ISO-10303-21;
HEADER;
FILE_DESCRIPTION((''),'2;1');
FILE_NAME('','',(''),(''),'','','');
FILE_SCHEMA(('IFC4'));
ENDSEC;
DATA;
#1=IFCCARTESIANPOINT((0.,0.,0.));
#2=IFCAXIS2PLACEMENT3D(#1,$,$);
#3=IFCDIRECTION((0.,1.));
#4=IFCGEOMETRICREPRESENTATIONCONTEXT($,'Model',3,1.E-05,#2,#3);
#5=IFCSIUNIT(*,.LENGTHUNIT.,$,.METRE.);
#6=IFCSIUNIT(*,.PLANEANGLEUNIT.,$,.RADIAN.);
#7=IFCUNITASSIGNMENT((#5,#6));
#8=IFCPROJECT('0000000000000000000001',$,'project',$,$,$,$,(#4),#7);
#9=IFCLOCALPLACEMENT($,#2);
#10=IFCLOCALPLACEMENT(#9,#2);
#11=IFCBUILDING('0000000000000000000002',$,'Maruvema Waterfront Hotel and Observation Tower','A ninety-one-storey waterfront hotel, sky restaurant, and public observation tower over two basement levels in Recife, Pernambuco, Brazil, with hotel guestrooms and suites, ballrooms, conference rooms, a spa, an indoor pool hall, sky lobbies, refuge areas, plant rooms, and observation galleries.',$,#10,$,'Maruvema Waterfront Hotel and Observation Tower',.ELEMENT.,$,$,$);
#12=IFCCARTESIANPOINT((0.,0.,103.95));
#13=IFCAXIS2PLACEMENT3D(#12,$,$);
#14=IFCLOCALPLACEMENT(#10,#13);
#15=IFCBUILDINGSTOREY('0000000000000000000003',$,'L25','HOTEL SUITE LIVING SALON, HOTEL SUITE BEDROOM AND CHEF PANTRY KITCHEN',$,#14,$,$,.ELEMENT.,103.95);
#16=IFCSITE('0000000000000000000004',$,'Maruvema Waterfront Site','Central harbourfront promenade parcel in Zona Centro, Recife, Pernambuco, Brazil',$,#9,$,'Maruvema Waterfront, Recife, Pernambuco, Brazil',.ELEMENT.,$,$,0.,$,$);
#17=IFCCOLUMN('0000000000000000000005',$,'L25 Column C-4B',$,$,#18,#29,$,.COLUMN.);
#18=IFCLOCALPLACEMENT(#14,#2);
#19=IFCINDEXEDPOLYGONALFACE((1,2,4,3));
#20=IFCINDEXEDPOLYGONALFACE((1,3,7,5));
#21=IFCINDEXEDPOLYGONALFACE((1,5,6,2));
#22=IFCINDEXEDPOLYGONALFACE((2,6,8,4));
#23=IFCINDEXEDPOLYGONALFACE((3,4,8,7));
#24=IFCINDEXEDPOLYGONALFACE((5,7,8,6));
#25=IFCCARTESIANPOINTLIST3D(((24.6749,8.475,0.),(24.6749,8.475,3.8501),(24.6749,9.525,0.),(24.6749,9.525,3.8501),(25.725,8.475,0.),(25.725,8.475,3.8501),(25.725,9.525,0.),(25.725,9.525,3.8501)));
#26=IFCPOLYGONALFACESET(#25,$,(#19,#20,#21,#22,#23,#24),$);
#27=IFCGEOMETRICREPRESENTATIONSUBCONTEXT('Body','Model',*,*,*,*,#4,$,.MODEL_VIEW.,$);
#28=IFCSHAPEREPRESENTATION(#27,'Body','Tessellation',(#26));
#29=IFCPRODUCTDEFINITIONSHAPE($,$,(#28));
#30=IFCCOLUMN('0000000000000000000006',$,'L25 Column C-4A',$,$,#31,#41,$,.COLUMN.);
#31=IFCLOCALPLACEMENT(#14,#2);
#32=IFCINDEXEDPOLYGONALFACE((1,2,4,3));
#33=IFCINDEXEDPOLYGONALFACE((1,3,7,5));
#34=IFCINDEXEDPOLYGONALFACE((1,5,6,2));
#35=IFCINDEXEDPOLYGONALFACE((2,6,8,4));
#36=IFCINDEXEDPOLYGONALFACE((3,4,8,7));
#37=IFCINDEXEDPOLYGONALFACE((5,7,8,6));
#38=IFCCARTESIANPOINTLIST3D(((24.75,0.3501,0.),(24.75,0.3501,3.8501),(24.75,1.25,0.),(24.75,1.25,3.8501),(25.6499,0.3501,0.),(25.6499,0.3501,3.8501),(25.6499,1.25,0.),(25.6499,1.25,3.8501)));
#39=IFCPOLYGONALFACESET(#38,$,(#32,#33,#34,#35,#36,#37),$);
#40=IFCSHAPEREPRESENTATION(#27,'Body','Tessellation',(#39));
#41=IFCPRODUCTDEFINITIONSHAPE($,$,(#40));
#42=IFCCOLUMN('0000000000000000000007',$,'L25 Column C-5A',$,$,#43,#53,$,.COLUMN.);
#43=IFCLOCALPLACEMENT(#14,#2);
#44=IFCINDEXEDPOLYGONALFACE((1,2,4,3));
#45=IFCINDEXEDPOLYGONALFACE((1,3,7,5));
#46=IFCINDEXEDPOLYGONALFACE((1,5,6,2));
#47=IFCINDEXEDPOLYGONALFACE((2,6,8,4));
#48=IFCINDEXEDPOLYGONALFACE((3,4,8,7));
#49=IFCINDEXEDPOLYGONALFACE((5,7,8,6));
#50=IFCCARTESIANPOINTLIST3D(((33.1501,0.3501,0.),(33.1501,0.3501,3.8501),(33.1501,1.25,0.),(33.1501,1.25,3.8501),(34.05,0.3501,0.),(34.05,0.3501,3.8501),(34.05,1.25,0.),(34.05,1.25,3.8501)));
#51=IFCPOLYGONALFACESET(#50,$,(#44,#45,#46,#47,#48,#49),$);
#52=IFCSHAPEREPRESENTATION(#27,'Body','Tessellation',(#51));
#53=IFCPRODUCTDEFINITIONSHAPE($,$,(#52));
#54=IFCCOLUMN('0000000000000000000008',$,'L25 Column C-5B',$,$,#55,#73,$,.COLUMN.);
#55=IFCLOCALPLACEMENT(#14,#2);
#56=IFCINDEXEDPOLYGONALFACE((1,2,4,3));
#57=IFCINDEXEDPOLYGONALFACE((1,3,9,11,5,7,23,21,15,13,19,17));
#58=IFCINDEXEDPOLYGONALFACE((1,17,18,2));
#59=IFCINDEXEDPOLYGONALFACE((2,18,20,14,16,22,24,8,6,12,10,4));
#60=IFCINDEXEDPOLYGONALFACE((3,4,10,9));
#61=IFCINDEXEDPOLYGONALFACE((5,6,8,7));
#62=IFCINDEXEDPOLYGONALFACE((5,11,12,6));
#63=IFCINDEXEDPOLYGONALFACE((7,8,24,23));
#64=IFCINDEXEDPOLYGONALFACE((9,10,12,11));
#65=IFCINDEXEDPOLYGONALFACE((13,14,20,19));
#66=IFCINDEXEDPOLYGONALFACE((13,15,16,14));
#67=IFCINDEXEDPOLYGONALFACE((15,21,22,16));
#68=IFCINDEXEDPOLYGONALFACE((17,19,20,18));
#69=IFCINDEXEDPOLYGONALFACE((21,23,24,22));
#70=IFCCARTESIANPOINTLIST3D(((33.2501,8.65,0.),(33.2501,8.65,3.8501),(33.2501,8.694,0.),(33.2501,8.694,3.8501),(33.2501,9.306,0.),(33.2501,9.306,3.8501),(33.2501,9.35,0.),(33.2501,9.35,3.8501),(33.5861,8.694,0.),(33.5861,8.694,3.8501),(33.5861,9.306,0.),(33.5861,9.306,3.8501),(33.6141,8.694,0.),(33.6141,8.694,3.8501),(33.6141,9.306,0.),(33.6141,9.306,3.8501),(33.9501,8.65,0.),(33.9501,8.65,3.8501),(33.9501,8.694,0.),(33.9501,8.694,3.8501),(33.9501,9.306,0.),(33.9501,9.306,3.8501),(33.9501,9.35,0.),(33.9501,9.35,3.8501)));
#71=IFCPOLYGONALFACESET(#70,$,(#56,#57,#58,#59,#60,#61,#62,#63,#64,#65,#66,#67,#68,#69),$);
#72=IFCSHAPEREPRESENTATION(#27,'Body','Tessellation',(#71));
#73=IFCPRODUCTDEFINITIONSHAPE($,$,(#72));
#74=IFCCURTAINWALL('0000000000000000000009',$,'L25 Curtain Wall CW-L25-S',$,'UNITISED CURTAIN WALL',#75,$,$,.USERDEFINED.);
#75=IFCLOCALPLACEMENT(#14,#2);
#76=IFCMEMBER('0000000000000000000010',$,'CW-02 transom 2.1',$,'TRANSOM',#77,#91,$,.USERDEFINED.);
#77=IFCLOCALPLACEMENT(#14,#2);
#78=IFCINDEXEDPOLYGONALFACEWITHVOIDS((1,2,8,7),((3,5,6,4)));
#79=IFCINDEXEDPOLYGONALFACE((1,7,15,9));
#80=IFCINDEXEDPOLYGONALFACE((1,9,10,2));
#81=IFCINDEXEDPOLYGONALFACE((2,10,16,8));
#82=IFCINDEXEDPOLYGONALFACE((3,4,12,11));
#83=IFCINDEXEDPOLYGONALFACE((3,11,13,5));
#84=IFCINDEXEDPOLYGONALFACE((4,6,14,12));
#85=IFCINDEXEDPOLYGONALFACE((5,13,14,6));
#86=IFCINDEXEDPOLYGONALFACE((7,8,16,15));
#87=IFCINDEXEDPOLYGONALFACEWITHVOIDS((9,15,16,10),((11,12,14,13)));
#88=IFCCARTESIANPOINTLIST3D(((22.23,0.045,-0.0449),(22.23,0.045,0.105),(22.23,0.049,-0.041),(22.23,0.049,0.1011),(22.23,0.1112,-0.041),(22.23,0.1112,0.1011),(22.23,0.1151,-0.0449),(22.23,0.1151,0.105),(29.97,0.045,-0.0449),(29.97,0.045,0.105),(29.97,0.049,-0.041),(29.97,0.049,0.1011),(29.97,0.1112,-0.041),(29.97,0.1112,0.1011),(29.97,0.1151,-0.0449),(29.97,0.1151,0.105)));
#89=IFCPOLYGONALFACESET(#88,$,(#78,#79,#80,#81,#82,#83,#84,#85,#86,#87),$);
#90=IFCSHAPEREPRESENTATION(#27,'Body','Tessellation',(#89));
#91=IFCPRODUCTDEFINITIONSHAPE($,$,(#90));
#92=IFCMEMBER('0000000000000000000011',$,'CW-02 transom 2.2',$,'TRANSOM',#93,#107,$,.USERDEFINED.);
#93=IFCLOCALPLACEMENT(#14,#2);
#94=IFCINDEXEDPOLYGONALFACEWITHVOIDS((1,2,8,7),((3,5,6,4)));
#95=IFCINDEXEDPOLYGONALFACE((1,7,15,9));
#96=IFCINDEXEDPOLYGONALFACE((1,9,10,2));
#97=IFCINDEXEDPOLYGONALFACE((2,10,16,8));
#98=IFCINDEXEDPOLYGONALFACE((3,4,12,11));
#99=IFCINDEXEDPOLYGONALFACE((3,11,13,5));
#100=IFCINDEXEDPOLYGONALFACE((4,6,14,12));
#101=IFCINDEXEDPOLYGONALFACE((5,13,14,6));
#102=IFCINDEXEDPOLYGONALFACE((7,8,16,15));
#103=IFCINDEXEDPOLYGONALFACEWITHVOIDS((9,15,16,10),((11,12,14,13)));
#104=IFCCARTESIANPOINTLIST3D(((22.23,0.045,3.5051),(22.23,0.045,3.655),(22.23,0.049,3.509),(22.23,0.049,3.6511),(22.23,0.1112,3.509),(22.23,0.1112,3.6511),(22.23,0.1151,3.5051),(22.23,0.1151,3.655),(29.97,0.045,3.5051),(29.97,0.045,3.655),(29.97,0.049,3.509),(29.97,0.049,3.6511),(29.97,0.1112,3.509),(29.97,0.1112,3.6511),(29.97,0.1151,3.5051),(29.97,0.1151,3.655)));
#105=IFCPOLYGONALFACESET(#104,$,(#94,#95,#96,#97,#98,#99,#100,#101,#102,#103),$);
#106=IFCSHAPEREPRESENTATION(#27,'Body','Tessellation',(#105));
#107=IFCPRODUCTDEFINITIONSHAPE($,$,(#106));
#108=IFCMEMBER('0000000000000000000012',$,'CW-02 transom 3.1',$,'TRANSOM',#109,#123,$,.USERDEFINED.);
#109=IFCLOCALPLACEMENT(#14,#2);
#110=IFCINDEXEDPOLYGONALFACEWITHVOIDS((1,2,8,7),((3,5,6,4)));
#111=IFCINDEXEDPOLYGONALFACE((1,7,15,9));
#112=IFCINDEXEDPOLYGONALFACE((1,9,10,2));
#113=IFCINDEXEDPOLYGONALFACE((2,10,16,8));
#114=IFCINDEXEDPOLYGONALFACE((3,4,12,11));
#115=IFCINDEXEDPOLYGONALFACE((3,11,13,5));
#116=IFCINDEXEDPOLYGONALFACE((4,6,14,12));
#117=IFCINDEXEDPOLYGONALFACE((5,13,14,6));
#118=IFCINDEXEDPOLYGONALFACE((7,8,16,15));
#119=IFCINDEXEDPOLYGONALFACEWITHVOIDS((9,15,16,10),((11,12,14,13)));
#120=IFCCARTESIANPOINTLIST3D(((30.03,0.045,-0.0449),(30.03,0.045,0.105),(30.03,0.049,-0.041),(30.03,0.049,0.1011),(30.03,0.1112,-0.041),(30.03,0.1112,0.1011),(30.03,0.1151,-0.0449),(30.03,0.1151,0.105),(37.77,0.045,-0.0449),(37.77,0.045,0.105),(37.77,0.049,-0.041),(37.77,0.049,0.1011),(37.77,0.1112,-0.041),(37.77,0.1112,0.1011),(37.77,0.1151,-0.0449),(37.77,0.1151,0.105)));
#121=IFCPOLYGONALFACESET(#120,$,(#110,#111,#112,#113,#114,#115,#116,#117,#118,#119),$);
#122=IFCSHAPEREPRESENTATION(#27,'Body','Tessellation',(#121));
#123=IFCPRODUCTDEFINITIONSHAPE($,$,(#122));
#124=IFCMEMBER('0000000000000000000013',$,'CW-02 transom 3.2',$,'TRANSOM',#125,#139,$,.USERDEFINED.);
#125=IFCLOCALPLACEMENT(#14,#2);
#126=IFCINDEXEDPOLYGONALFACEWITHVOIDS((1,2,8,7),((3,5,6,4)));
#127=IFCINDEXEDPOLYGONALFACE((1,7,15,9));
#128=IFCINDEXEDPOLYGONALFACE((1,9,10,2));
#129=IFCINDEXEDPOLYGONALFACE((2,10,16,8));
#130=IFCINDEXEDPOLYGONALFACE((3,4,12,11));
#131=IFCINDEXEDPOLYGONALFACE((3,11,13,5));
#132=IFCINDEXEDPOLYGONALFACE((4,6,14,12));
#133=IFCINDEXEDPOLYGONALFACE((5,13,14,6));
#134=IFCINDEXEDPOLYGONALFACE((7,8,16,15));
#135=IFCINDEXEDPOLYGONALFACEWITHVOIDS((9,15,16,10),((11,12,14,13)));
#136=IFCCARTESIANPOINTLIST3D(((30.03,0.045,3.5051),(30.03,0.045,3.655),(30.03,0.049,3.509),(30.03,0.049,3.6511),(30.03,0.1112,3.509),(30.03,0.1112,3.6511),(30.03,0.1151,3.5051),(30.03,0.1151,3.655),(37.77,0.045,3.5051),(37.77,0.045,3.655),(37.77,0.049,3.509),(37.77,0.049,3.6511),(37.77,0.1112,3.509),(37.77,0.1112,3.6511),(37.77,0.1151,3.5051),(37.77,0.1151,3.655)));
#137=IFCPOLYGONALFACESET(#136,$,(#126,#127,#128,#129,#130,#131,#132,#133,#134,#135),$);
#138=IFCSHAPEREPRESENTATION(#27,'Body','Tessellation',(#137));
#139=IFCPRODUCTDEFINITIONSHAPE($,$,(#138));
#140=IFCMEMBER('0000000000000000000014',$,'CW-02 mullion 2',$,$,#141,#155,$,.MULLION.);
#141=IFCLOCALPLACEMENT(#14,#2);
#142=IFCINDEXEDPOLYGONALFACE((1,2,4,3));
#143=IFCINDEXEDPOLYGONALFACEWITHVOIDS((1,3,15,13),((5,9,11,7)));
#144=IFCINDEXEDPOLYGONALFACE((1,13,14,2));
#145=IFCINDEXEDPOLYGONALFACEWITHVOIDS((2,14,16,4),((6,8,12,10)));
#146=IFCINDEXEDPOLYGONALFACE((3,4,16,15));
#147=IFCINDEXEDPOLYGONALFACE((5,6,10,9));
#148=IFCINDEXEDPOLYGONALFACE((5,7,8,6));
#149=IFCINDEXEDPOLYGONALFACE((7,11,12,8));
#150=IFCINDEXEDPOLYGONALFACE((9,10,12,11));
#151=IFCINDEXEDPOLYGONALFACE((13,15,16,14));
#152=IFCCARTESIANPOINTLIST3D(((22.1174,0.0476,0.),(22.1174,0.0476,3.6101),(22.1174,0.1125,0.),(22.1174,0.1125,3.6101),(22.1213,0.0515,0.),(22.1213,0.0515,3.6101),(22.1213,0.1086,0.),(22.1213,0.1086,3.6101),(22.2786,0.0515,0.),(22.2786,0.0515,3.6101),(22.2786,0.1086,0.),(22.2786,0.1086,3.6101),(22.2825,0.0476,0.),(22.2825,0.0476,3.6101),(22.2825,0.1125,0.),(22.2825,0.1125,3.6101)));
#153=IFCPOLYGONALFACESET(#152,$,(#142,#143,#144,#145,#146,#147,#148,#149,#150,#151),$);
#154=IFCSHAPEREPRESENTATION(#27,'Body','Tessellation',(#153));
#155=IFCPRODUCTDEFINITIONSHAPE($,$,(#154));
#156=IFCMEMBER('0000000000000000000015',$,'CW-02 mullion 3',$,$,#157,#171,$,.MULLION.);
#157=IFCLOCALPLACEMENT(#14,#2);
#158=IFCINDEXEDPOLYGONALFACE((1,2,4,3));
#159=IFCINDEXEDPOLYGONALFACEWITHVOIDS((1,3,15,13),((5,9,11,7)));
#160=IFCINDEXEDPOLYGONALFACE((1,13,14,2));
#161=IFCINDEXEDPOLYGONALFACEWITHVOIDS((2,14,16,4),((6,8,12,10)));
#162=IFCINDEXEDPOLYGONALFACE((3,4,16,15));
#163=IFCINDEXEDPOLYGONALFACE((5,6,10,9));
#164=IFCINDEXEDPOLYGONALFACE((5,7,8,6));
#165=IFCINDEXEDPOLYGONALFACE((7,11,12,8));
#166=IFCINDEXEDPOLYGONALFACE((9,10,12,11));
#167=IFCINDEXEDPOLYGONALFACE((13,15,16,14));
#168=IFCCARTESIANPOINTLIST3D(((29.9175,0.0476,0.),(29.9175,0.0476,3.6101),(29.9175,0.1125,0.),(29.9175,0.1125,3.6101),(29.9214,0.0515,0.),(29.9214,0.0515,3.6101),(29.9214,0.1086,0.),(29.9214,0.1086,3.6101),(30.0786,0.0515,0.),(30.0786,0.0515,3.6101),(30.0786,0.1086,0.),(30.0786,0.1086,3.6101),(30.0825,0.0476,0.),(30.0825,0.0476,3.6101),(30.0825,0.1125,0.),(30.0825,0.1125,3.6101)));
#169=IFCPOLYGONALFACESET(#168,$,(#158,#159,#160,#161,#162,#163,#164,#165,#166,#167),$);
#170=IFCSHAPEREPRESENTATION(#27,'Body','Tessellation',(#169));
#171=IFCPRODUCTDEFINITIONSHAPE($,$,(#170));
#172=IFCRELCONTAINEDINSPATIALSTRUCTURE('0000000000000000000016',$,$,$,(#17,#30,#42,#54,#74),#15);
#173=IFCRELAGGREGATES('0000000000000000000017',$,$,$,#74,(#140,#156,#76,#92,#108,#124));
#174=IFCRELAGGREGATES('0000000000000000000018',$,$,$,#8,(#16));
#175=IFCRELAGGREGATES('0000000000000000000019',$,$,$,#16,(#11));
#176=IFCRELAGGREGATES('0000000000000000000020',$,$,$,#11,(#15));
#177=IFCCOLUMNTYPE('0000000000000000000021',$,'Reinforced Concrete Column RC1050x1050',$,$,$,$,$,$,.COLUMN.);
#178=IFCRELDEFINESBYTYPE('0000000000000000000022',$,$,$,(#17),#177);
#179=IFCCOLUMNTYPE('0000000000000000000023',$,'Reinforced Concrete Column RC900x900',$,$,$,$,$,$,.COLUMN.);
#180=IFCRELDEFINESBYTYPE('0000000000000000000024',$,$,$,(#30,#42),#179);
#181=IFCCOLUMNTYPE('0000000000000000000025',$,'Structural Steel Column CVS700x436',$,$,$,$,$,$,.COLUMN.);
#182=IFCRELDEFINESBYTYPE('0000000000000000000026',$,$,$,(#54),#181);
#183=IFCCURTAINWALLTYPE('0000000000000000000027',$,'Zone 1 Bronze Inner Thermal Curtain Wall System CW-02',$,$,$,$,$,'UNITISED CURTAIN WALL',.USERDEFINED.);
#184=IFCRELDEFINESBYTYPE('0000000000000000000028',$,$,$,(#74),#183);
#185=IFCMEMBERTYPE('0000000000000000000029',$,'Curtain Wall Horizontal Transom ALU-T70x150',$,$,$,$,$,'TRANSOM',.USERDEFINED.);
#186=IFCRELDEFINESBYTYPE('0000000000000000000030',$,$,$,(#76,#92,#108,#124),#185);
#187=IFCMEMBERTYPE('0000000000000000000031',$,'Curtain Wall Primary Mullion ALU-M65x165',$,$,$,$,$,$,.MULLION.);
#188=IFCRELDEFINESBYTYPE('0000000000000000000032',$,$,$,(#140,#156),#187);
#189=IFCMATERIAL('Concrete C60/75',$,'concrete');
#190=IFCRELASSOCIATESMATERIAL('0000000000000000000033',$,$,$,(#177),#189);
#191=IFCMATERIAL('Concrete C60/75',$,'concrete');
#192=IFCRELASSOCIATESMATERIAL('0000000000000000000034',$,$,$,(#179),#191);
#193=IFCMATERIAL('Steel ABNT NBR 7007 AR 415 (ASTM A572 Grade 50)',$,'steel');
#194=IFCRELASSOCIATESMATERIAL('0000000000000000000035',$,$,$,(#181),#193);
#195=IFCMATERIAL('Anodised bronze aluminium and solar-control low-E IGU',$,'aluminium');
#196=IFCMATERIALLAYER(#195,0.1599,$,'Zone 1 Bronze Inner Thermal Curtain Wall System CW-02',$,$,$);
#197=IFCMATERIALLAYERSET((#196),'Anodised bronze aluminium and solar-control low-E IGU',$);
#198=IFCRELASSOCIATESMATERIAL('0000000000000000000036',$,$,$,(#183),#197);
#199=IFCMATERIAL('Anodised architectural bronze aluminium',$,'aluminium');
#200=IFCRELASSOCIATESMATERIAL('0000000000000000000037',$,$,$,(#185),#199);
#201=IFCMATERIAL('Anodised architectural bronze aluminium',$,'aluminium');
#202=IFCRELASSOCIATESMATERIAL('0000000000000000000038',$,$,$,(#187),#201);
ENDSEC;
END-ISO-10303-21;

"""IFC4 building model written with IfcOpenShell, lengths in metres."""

from ifc_helpers import new_model, si_unit, direction, frame, origin, origin_2d, place, context, subcontext, project, spatial, rectangle, hollow_rectangle, i_section, extrude, material, layer, layer_set, material_profile, profile_set, type_object, element, aggregate, save


model = new_model("IFC4")

# Units and contexts
model_context = context("Model", 3, precision=1e-05, world=origin(), true_north=direction((0.0, 1.0)))
body_context = subcontext(model_context, "Body", "Model", "MODEL_VIEW")
ifc_project = project(units=[si_unit("LENGTHUNIT", "METRE"), si_unit("PLANEANGLEUNIT", "RADIAN")], contexts=[model_context])

# Site, building, storey
site_placement = place(None, origin())
site = spatial("IfcSite", under=ifc_project, at=site_placement, Name="Maruvema Waterfront Site", Description="Central harbourfront promenade parcel in Zona Centro, Recife, Pernambuco, Brazil", LongName="Maruvema Waterfront, Recife, Pernambuco, Brazil", CompositionType="ELEMENT", RefElevation=0.0)
building_placement = place(site_placement, origin())
building = spatial("IfcBuilding", under=site, at=building_placement, Name="Maruvema Waterfront Hotel and Observation Tower", Description="A ninety-one-storey waterfront hotel, sky restaurant, and public observation tower over two basement levels in Recife, Pernambuco, Brazil, with hotel guestrooms and suites, ballrooms, conference rooms, a spa, an indoor pool hall, sky lobbies, refuge areas, plant rooms, and observation galleries.", LongName="Maruvema Waterfront Hotel and Observation Tower", CompositionType="ELEMENT")
storey_placement = place(building_placement, frame((0.0, 0.0, 103.95)))
storey = spatial("IfcBuildingStorey", under=building, at=storey_placement, Name="L25", Description="HOTEL SUITE LIVING SALON, HOTEL SUITE BEDROOM AND CHEF PANTRY KITCHEN", CompositionType="ELEMENT", Elevation=103.95)

# Columns
ifc_material_1 = material(Name="Concrete C60/75", Category="concrete")
ifc_material_profile_1 = material_profile(ifc_material_1, rectangle(XDim=1.05, YDim=1.05, at=origin_2d()), Name="RC1050x1050")
ifc_profile_set_1 = profile_set([ifc_material_profile_1], Name="Concrete C60/75")
column_type_1 = type_object("IfcColumnType", Name="Reinforced Concrete Column RC1050x1050", PredefinedType="COLUMN", material=ifc_profile_set_1)
column_1_placement = place(storey_placement, frame((25.2, 9.0, 0.0), z_axis=(0.0, 0.0, 1.0), x_axis=(1.0, 0.0, 0.0)))
element("IfcColumn", 1, at=column_1_placement, inside=storey, type_object=column_type_1, Name="L25 Column C-4B", PredefinedType="COLUMN", context=body_context, shape_type="SweptSolid", body=[
    extrude(rectangle(XDim=1.05, YDim=1.05, at=origin_2d()), origin(), (0.0, 0.0, 1.0), 3.8501),
])
ifc_material_2 = material(Name="Concrete C60/75", Category="concrete")
ifc_material_profile_2 = material_profile(ifc_material_2, rectangle(XDim=0.8999, YDim=0.8999, at=origin_2d()), Name="RC900x900")
ifc_profile_set_2 = profile_set([ifc_material_profile_2], Name="Concrete C60/75")
column_type_2 = type_object("IfcColumnType", Name="Reinforced Concrete Column RC900x900", PredefinedType="COLUMN", material=ifc_profile_set_2)
for number, where, z_axis, x_axis, name in (
    (2, (25.2, 0.8, 0.0), (0.0, 0.0, 1.0), (1.0, 0.0, 0.0), "L25 Column C-4A"),
    (3, (33.6001, 0.8, 0.0), (0.0, 0.0, 1.0), (1.0, 0.0, 0.0), "L25 Column C-5A"),
):
    element("IfcColumn", number, at=place(storey_placement, frame(where, z_axis=z_axis, x_axis=x_axis)), inside=storey, type_object=column_type_2, Name=name, PredefinedType="COLUMN", context=body_context, shape_type="SweptSolid", body=[
        extrude(rectangle(XDim=0.8999, YDim=0.8999, at=origin_2d()), origin(), (0.0, 0.0, 1.0), 3.8501),
    ])
ifc_material_3 = material(Name="Steel ABNT NBR 7007 AR 415 (ASTM A572 Grade 50)", Category="steel")
ifc_material_profile_3 = material_profile(ifc_material_3, i_section(OverallWidth=0.7, OverallDepth=0.7, WebThickness=0.0281, FlangeThickness=0.0439, at=origin_2d()), Name="CVS700x436")
ifc_profile_set_3 = profile_set([ifc_material_profile_3], Name="Steel ABNT NBR 7007 AR 415 (ASTM A572 Grade 50)")
column_type_3 = type_object("IfcColumnType", Name="Structural Steel Column CVS700x436", PredefinedType="COLUMN", material=ifc_profile_set_3)
column_2_placement = place(storey_placement, frame((33.6001, 9.0, 0.0), z_axis=(0.0, 0.0, 1.0), x_axis=(1.0, 0.0, 0.0)))
element("IfcColumn", 4, at=column_2_placement, inside=storey, type_object=column_type_3, Name="L25 Column C-5B", PredefinedType="COLUMN", context=body_context, shape_type="SweptSolid", body=[
    extrude(i_section(OverallWidth=0.7, OverallDepth=0.7, WebThickness=0.0281, FlangeThickness=0.0439, at=origin_2d()), origin(), (0.0, 0.0, 1.0), 3.8501),
])

# Curtain wall, members
ifc_material_4 = material(Name="Anodised bronze aluminium and solar-control low-E IGU", Category="aluminium")
ifc_layer_1 = layer(ifc_material_4, 0.1599, Name="Zone 1 Bronze Inner Thermal Curtain Wall System CW-02")
ifc_layer_set_1 = layer_set([ifc_layer_1], Name="Anodised bronze aluminium and solar-control low-E IGU")
curtain_wall_type = type_object("IfcCurtainWallType", Name="Zone 1 Bronze Inner Thermal Curtain Wall System CW-02", ElementType="UNITISED CURTAIN WALL", PredefinedType="USERDEFINED", material=ifc_layer_set_1)
curtain_wall_placement = place(storey_placement, origin())
curtain_wall = element("IfcCurtainWall", 5, at=curtain_wall_placement, inside=storey, type_object=curtain_wall_type, Name="L25 Curtain Wall CW-L25-S", ObjectType="UNITISED CURTAIN WALL", PredefinedType="USERDEFINED")
ifc_material_5 = material(Name="Anodised architectural bronze aluminium", Category="aluminium")
ifc_material_profile_4 = material_profile(ifc_material_5, hollow_rectangle(XDim=0.0701, YDim=0.1499, WallThickness=0.0039, at=origin_2d()), Name="ALU-T70x150")
ifc_profile_set_4 = profile_set([ifc_material_profile_4], Name="Anodised architectural bronze aluminium")
member_type_1 = type_object("IfcMemberType", Name="Curtain Wall Horizontal Transom ALU-T70x150", ElementType="TRANSOM", PredefinedType="USERDEFINED", material=ifc_profile_set_4)
member_1_placement = place(storey_placement, frame((22.23, 0.0801, 0.03), z_axis=(1.0, 0.0, 0.0), x_axis=(0.0, 1.0, 0.0)))
member_1 = element("IfcMember", 6, at=member_1_placement, type_object=member_type_1, Name="CW-02 transom 2.1", ObjectType="TRANSOM", PredefinedType="USERDEFINED", context=body_context, shape_type="SweptSolid", body=[
    extrude(hollow_rectangle(XDim=0.0701, YDim=0.1499, WallThickness=0.0039, at=origin_2d()), origin(), (0.0, 0.0, 1.0), 7.74),
])
member_2_placement = place(storey_placement, frame((22.23, 0.0801, 3.5801), z_axis=(1.0, 0.0, 0.0), x_axis=(0.0, 1.0, 0.0)))
member_2 = element("IfcMember", 7, at=member_2_placement, type_object=member_type_1, Name="CW-02 transom 2.2", ObjectType="TRANSOM", PredefinedType="USERDEFINED", context=body_context, shape_type="SweptSolid", body=[
    extrude(hollow_rectangle(XDim=0.0701, YDim=0.1499, WallThickness=0.0039, at=origin_2d()), origin(), (0.0, 0.0, 1.0), 7.74),
])
member_3_placement = place(storey_placement, frame((30.03, 0.0801, 0.03), z_axis=(1.0, 0.0, 0.0), x_axis=(0.0, 1.0, 0.0)))
member_3 = element("IfcMember", 8, at=member_3_placement, type_object=member_type_1, Name="CW-02 transom 3.1", ObjectType="TRANSOM", PredefinedType="USERDEFINED", context=body_context, shape_type="SweptSolid", body=[
    extrude(hollow_rectangle(XDim=0.0701, YDim=0.1499, WallThickness=0.0039, at=origin_2d()), origin(), (0.0, 0.0, 1.0), 7.74),
])
member_4_placement = place(storey_placement, frame((30.03, 0.0801, 3.5801), z_axis=(1.0, 0.0, 0.0), x_axis=(0.0, 1.0, 0.0)))
member_4 = element("IfcMember", 9, at=member_4_placement, type_object=member_type_1, Name="CW-02 transom 3.2", ObjectType="TRANSOM", PredefinedType="USERDEFINED", context=body_context, shape_type="SweptSolid", body=[
    extrude(hollow_rectangle(XDim=0.0701, YDim=0.1499, WallThickness=0.0039, at=origin_2d()), origin(), (0.0, 0.0, 1.0), 7.74),
])
ifc_material_6 = material(Name="Anodised architectural bronze aluminium", Category="aluminium")
ifc_material_profile_5 = material_profile(ifc_material_6, hollow_rectangle(XDim=0.0649, YDim=0.165, WallThickness=0.0039, at=origin_2d()), Name="ALU-M65x165")
ifc_profile_set_5 = profile_set([ifc_material_profile_5], Name="Anodised architectural bronze aluminium")
member_type_2 = type_object("IfcMemberType", Name="Curtain Wall Primary Mullion ALU-M65x165", PredefinedType="MULLION", material=ifc_profile_set_5)
member_5_placement = place(storey_placement, frame((22.2, 0.0801, 0.0), z_axis=(0.0, 0.0, 1.0), x_axis=(0.0, 1.0, 0.0)))
member_5 = element("IfcMember", 10, at=member_5_placement, type_object=member_type_2, Name="CW-02 mullion 2", PredefinedType="MULLION", context=body_context, shape_type="SweptSolid", body=[
    extrude(hollow_rectangle(XDim=0.0649, YDim=0.165, WallThickness=0.0039, at=origin_2d()), origin(), (0.0, 0.0, 1.0), 3.6101),
])
member_6_placement = place(storey_placement, frame((30.0, 0.0801, 0.0), z_axis=(0.0, 0.0, 1.0), x_axis=(0.0, 1.0, 0.0)))
member_6 = element("IfcMember", 11, at=member_6_placement, type_object=member_type_2, Name="CW-02 mullion 3", PredefinedType="MULLION", context=body_context, shape_type="SweptSolid", body=[
    extrude(hollow_rectangle(XDim=0.0649, YDim=0.165, WallThickness=0.0039, at=origin_2d()), origin(), (0.0, 0.0, 1.0), 3.6101),
])

aggregate(curtain_wall, [member_5, member_6, member_1, member_2, member_3, member_4])

save(model, "model.ifc")
